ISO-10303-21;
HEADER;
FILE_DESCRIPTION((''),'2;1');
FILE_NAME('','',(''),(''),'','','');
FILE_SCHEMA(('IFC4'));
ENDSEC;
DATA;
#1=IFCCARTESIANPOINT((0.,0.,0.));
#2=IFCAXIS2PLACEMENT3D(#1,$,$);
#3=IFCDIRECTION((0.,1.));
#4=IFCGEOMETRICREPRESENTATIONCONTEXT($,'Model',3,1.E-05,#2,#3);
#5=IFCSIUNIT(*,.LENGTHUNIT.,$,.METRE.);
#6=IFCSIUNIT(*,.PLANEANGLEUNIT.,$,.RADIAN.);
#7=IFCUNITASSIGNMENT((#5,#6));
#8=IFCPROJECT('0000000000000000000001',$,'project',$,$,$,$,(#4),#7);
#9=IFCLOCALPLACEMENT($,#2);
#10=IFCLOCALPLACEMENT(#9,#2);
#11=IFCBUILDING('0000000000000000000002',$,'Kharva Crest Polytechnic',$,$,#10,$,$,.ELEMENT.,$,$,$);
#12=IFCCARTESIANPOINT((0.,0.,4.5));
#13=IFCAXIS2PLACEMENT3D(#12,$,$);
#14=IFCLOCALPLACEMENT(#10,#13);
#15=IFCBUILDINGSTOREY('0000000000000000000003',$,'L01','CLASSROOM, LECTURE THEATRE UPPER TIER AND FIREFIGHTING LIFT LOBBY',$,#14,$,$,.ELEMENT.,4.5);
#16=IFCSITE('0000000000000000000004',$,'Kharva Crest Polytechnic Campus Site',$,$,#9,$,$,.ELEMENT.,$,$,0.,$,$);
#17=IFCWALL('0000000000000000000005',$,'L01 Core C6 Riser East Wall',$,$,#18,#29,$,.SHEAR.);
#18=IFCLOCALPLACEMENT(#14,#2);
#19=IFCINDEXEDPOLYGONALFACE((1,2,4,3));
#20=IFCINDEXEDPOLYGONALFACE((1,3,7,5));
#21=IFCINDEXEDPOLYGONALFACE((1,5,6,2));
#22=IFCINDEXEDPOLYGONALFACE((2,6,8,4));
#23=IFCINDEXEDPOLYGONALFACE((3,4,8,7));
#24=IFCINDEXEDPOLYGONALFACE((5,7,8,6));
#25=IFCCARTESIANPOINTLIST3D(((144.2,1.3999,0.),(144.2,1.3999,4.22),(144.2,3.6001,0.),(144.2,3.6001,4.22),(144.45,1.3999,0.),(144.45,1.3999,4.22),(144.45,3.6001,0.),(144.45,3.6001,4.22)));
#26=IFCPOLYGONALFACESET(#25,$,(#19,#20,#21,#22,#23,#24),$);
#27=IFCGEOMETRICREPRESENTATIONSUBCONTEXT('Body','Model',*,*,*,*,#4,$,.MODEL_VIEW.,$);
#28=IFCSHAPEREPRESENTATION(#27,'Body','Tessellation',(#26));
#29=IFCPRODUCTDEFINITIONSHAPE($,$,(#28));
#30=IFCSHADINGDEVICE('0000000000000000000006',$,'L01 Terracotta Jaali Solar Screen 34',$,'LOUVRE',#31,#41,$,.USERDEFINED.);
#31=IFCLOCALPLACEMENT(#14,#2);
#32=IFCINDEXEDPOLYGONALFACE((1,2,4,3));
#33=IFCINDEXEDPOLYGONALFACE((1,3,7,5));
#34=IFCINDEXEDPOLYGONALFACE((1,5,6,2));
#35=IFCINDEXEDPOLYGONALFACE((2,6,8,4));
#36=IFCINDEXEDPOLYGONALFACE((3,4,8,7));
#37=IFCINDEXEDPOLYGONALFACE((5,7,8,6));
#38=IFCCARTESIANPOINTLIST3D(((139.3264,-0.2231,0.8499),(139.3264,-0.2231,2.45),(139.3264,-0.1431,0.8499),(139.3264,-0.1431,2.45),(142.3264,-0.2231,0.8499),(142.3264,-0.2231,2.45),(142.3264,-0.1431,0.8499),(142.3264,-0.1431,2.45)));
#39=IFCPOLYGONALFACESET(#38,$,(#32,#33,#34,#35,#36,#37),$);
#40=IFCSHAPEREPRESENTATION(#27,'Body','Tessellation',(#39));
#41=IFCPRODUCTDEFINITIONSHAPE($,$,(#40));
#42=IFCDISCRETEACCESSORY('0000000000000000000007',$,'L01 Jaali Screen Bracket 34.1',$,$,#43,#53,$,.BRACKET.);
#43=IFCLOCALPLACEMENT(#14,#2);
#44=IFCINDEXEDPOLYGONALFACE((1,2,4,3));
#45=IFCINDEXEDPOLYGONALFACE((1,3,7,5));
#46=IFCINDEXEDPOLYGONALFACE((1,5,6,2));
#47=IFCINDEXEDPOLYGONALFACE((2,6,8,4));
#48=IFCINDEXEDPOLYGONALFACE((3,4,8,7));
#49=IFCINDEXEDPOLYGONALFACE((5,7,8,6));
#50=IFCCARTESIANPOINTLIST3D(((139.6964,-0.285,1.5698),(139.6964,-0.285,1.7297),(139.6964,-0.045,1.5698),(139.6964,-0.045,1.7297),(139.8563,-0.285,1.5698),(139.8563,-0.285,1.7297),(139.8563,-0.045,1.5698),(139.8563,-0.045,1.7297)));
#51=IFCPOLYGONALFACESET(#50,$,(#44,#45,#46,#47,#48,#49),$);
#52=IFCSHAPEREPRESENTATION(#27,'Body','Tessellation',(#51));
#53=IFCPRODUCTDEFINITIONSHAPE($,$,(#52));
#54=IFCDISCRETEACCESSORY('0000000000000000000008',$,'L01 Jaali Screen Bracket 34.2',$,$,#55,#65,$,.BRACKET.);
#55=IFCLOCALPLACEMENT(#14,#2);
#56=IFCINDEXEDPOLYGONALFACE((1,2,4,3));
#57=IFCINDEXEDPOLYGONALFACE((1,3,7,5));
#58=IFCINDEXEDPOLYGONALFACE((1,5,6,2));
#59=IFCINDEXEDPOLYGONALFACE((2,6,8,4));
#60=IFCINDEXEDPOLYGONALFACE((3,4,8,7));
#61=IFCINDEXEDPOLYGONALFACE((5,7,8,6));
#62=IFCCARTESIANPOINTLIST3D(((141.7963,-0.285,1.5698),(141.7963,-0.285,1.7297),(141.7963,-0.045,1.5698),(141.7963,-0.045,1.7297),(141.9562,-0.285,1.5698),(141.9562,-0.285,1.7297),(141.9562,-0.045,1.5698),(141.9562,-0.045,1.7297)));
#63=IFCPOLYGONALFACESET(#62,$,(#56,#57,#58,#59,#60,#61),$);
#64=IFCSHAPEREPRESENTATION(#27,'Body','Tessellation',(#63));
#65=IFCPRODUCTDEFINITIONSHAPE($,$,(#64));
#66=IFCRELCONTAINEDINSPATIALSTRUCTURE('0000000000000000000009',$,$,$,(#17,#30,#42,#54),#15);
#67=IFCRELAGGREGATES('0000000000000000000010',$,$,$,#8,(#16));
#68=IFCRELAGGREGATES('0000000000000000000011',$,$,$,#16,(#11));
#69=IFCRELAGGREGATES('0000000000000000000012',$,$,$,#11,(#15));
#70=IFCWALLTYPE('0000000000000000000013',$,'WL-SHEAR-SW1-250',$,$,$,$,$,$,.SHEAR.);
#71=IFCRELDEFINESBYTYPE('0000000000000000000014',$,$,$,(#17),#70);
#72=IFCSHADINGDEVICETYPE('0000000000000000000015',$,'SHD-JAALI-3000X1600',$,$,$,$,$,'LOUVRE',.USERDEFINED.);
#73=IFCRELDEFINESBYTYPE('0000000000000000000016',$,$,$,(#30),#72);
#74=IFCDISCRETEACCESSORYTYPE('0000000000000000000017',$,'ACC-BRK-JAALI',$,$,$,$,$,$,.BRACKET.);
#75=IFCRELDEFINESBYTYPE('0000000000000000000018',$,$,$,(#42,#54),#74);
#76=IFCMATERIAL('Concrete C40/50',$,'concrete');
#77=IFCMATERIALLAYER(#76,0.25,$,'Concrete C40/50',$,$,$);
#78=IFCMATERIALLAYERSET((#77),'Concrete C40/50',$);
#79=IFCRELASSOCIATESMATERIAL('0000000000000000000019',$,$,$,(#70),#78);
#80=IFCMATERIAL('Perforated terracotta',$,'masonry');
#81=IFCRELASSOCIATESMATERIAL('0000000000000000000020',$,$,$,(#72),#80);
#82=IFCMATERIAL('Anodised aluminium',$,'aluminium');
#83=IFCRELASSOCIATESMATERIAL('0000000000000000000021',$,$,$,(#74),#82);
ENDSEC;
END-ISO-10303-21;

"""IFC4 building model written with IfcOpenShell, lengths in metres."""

from ifc_helpers import new_model, si_unit, direction, frame, frame_2d, origin, origin_2d, place, context, subcontext, project, spatial, rectangle, extrude, material, layer, layer_set, type_object, element, save


model = new_model("IFC4")

# Units and contexts
model_context = context("Model", 3, precision=1e-05, world=origin(), true_north=direction((0.0, 1.0)))
body_context = subcontext(model_context, "Body", "Model", "MODEL_VIEW")
ifc_project = project(units=[si_unit("LENGTHUNIT", "METRE"), si_unit("PLANEANGLEUNIT", "RADIAN")], contexts=[model_context])

# Site, building, storey
site_placement = place(None, origin())
site = spatial("IfcSite", under=ifc_project, at=site_placement, Name="Kharva Crest Polytechnic Campus Site", CompositionType="ELEMENT", RefElevation=0.0)
building_placement = place(site_placement, origin())
building = spatial("IfcBuilding", under=site, at=building_placement, Name="Kharva Crest Polytechnic", CompositionType="ELEMENT")
storey_placement = place(building_placement, frame((0.0, 0.0, 4.5)))
storey = spatial("IfcBuildingStorey", under=building, at=storey_placement, Name="L01", Description="CLASSROOM, LECTURE THEATRE UPPER TIER AND FIREFIGHTING LIFT LOBBY", CompositionType="ELEMENT", Elevation=4.5)

# Shared definitions
ifc_material_1 = material(Name="Concrete C40/50", Category="concrete")

# Shared definitions
ifc_material_2 = material(Name="Anodised aluminium", Category="aluminium")

# Shared definitions
ifc_layer_1 = layer(ifc_material_1, 0.25, Name="Concrete C40/50")
ifc_layer_set_1 = layer_set([ifc_layer_1], Name="Concrete C40/50")
wall_type_1 = type_object("IfcWallType", Name="WL-SHEAR-SW1-250", PredefinedType="SHEAR", material=ifc_layer_set_1)

# Wall
for number, where, z_axis, x_axis, name in (
    (1, (144.325, 1.3999, 0.0), (0.0, 0.0, 1.0), (0.0, 1.0, 0.0), "L01 Core C6 Riser East Wall"),
):
    element("IfcWall", number, at=place(storey_placement, frame(where, z_axis=z_axis, x_axis=x_axis)), inside=storey, type_object=wall_type_1, Name=name, PredefinedType="SHEAR", context=body_context, shape_type="SweptSolid", body=[
        extrude(rectangle(XDim=2.2002, YDim=0.25, at=frame_2d((1.1001, 0.0))), origin(), (0.0, 0.0, 1.0), 4.22),
    ])

# Shading device
ifc_material_3 = material(Name="Perforated terracotta", Category="masonry")
shading_device_type = type_object("IfcShadingDeviceType", Name="SHD-JAALI-3000X1600", ElementType="LOUVRE", PredefinedType="USERDEFINED", material=ifc_material_3)
shading_device_placement = place(storey_placement, frame((140.8264, -0.1831, 0.8499), z_axis=(0.0, 0.0, 1.0), x_axis=(1.0, 0.0, 0.0)))
element("IfcShadingDevice", 2, at=shading_device_placement, inside=storey, type_object=shading_device_type, Name="L01 Terracotta Jaali Solar Screen 34", ObjectType="LOUVRE", PredefinedType="USERDEFINED", context=body_context, shape_type="SweptSolid", body=[
    extrude(rectangle(XDim=3.0, YDim=0.0801, at=origin_2d()), origin(), (0.0, 0.0, 1.0), 1.6001),
])

# Discrete accessories
discrete_accessory_type = type_object("IfcDiscreteAccessoryType", Name="ACC-BRK-JAALI", PredefinedType="BRACKET", material=ifc_material_2)
for number, where, z_axis, x_axis, name in (
    (3, (139.7764, -0.165, 1.5698), (0.0, 0.0, 1.0), (1.0, 0.0, 0.0), "L01 Jaali Screen Bracket 34.1"),
    (4, (141.8762, -0.165, 1.5698), (0.0, 0.0, 1.0), (1.0, 0.0, 0.0), "L01 Jaali Screen Bracket 34.2"),
):
    element("IfcDiscreteAccessory", number, at=place(storey_placement, frame(where, z_axis=z_axis, x_axis=x_axis)), inside=storey, type_object=discrete_accessory_type, Name=name, PredefinedType="BRACKET", context=body_context, shape_type="SweptSolid", body=[
        extrude(rectangle(XDim=0.1599, YDim=0.24, at=origin_2d()), origin(), (0.0, 0.0, 1.0), 0.1599),
    ])

save(model, "model.ifc")
